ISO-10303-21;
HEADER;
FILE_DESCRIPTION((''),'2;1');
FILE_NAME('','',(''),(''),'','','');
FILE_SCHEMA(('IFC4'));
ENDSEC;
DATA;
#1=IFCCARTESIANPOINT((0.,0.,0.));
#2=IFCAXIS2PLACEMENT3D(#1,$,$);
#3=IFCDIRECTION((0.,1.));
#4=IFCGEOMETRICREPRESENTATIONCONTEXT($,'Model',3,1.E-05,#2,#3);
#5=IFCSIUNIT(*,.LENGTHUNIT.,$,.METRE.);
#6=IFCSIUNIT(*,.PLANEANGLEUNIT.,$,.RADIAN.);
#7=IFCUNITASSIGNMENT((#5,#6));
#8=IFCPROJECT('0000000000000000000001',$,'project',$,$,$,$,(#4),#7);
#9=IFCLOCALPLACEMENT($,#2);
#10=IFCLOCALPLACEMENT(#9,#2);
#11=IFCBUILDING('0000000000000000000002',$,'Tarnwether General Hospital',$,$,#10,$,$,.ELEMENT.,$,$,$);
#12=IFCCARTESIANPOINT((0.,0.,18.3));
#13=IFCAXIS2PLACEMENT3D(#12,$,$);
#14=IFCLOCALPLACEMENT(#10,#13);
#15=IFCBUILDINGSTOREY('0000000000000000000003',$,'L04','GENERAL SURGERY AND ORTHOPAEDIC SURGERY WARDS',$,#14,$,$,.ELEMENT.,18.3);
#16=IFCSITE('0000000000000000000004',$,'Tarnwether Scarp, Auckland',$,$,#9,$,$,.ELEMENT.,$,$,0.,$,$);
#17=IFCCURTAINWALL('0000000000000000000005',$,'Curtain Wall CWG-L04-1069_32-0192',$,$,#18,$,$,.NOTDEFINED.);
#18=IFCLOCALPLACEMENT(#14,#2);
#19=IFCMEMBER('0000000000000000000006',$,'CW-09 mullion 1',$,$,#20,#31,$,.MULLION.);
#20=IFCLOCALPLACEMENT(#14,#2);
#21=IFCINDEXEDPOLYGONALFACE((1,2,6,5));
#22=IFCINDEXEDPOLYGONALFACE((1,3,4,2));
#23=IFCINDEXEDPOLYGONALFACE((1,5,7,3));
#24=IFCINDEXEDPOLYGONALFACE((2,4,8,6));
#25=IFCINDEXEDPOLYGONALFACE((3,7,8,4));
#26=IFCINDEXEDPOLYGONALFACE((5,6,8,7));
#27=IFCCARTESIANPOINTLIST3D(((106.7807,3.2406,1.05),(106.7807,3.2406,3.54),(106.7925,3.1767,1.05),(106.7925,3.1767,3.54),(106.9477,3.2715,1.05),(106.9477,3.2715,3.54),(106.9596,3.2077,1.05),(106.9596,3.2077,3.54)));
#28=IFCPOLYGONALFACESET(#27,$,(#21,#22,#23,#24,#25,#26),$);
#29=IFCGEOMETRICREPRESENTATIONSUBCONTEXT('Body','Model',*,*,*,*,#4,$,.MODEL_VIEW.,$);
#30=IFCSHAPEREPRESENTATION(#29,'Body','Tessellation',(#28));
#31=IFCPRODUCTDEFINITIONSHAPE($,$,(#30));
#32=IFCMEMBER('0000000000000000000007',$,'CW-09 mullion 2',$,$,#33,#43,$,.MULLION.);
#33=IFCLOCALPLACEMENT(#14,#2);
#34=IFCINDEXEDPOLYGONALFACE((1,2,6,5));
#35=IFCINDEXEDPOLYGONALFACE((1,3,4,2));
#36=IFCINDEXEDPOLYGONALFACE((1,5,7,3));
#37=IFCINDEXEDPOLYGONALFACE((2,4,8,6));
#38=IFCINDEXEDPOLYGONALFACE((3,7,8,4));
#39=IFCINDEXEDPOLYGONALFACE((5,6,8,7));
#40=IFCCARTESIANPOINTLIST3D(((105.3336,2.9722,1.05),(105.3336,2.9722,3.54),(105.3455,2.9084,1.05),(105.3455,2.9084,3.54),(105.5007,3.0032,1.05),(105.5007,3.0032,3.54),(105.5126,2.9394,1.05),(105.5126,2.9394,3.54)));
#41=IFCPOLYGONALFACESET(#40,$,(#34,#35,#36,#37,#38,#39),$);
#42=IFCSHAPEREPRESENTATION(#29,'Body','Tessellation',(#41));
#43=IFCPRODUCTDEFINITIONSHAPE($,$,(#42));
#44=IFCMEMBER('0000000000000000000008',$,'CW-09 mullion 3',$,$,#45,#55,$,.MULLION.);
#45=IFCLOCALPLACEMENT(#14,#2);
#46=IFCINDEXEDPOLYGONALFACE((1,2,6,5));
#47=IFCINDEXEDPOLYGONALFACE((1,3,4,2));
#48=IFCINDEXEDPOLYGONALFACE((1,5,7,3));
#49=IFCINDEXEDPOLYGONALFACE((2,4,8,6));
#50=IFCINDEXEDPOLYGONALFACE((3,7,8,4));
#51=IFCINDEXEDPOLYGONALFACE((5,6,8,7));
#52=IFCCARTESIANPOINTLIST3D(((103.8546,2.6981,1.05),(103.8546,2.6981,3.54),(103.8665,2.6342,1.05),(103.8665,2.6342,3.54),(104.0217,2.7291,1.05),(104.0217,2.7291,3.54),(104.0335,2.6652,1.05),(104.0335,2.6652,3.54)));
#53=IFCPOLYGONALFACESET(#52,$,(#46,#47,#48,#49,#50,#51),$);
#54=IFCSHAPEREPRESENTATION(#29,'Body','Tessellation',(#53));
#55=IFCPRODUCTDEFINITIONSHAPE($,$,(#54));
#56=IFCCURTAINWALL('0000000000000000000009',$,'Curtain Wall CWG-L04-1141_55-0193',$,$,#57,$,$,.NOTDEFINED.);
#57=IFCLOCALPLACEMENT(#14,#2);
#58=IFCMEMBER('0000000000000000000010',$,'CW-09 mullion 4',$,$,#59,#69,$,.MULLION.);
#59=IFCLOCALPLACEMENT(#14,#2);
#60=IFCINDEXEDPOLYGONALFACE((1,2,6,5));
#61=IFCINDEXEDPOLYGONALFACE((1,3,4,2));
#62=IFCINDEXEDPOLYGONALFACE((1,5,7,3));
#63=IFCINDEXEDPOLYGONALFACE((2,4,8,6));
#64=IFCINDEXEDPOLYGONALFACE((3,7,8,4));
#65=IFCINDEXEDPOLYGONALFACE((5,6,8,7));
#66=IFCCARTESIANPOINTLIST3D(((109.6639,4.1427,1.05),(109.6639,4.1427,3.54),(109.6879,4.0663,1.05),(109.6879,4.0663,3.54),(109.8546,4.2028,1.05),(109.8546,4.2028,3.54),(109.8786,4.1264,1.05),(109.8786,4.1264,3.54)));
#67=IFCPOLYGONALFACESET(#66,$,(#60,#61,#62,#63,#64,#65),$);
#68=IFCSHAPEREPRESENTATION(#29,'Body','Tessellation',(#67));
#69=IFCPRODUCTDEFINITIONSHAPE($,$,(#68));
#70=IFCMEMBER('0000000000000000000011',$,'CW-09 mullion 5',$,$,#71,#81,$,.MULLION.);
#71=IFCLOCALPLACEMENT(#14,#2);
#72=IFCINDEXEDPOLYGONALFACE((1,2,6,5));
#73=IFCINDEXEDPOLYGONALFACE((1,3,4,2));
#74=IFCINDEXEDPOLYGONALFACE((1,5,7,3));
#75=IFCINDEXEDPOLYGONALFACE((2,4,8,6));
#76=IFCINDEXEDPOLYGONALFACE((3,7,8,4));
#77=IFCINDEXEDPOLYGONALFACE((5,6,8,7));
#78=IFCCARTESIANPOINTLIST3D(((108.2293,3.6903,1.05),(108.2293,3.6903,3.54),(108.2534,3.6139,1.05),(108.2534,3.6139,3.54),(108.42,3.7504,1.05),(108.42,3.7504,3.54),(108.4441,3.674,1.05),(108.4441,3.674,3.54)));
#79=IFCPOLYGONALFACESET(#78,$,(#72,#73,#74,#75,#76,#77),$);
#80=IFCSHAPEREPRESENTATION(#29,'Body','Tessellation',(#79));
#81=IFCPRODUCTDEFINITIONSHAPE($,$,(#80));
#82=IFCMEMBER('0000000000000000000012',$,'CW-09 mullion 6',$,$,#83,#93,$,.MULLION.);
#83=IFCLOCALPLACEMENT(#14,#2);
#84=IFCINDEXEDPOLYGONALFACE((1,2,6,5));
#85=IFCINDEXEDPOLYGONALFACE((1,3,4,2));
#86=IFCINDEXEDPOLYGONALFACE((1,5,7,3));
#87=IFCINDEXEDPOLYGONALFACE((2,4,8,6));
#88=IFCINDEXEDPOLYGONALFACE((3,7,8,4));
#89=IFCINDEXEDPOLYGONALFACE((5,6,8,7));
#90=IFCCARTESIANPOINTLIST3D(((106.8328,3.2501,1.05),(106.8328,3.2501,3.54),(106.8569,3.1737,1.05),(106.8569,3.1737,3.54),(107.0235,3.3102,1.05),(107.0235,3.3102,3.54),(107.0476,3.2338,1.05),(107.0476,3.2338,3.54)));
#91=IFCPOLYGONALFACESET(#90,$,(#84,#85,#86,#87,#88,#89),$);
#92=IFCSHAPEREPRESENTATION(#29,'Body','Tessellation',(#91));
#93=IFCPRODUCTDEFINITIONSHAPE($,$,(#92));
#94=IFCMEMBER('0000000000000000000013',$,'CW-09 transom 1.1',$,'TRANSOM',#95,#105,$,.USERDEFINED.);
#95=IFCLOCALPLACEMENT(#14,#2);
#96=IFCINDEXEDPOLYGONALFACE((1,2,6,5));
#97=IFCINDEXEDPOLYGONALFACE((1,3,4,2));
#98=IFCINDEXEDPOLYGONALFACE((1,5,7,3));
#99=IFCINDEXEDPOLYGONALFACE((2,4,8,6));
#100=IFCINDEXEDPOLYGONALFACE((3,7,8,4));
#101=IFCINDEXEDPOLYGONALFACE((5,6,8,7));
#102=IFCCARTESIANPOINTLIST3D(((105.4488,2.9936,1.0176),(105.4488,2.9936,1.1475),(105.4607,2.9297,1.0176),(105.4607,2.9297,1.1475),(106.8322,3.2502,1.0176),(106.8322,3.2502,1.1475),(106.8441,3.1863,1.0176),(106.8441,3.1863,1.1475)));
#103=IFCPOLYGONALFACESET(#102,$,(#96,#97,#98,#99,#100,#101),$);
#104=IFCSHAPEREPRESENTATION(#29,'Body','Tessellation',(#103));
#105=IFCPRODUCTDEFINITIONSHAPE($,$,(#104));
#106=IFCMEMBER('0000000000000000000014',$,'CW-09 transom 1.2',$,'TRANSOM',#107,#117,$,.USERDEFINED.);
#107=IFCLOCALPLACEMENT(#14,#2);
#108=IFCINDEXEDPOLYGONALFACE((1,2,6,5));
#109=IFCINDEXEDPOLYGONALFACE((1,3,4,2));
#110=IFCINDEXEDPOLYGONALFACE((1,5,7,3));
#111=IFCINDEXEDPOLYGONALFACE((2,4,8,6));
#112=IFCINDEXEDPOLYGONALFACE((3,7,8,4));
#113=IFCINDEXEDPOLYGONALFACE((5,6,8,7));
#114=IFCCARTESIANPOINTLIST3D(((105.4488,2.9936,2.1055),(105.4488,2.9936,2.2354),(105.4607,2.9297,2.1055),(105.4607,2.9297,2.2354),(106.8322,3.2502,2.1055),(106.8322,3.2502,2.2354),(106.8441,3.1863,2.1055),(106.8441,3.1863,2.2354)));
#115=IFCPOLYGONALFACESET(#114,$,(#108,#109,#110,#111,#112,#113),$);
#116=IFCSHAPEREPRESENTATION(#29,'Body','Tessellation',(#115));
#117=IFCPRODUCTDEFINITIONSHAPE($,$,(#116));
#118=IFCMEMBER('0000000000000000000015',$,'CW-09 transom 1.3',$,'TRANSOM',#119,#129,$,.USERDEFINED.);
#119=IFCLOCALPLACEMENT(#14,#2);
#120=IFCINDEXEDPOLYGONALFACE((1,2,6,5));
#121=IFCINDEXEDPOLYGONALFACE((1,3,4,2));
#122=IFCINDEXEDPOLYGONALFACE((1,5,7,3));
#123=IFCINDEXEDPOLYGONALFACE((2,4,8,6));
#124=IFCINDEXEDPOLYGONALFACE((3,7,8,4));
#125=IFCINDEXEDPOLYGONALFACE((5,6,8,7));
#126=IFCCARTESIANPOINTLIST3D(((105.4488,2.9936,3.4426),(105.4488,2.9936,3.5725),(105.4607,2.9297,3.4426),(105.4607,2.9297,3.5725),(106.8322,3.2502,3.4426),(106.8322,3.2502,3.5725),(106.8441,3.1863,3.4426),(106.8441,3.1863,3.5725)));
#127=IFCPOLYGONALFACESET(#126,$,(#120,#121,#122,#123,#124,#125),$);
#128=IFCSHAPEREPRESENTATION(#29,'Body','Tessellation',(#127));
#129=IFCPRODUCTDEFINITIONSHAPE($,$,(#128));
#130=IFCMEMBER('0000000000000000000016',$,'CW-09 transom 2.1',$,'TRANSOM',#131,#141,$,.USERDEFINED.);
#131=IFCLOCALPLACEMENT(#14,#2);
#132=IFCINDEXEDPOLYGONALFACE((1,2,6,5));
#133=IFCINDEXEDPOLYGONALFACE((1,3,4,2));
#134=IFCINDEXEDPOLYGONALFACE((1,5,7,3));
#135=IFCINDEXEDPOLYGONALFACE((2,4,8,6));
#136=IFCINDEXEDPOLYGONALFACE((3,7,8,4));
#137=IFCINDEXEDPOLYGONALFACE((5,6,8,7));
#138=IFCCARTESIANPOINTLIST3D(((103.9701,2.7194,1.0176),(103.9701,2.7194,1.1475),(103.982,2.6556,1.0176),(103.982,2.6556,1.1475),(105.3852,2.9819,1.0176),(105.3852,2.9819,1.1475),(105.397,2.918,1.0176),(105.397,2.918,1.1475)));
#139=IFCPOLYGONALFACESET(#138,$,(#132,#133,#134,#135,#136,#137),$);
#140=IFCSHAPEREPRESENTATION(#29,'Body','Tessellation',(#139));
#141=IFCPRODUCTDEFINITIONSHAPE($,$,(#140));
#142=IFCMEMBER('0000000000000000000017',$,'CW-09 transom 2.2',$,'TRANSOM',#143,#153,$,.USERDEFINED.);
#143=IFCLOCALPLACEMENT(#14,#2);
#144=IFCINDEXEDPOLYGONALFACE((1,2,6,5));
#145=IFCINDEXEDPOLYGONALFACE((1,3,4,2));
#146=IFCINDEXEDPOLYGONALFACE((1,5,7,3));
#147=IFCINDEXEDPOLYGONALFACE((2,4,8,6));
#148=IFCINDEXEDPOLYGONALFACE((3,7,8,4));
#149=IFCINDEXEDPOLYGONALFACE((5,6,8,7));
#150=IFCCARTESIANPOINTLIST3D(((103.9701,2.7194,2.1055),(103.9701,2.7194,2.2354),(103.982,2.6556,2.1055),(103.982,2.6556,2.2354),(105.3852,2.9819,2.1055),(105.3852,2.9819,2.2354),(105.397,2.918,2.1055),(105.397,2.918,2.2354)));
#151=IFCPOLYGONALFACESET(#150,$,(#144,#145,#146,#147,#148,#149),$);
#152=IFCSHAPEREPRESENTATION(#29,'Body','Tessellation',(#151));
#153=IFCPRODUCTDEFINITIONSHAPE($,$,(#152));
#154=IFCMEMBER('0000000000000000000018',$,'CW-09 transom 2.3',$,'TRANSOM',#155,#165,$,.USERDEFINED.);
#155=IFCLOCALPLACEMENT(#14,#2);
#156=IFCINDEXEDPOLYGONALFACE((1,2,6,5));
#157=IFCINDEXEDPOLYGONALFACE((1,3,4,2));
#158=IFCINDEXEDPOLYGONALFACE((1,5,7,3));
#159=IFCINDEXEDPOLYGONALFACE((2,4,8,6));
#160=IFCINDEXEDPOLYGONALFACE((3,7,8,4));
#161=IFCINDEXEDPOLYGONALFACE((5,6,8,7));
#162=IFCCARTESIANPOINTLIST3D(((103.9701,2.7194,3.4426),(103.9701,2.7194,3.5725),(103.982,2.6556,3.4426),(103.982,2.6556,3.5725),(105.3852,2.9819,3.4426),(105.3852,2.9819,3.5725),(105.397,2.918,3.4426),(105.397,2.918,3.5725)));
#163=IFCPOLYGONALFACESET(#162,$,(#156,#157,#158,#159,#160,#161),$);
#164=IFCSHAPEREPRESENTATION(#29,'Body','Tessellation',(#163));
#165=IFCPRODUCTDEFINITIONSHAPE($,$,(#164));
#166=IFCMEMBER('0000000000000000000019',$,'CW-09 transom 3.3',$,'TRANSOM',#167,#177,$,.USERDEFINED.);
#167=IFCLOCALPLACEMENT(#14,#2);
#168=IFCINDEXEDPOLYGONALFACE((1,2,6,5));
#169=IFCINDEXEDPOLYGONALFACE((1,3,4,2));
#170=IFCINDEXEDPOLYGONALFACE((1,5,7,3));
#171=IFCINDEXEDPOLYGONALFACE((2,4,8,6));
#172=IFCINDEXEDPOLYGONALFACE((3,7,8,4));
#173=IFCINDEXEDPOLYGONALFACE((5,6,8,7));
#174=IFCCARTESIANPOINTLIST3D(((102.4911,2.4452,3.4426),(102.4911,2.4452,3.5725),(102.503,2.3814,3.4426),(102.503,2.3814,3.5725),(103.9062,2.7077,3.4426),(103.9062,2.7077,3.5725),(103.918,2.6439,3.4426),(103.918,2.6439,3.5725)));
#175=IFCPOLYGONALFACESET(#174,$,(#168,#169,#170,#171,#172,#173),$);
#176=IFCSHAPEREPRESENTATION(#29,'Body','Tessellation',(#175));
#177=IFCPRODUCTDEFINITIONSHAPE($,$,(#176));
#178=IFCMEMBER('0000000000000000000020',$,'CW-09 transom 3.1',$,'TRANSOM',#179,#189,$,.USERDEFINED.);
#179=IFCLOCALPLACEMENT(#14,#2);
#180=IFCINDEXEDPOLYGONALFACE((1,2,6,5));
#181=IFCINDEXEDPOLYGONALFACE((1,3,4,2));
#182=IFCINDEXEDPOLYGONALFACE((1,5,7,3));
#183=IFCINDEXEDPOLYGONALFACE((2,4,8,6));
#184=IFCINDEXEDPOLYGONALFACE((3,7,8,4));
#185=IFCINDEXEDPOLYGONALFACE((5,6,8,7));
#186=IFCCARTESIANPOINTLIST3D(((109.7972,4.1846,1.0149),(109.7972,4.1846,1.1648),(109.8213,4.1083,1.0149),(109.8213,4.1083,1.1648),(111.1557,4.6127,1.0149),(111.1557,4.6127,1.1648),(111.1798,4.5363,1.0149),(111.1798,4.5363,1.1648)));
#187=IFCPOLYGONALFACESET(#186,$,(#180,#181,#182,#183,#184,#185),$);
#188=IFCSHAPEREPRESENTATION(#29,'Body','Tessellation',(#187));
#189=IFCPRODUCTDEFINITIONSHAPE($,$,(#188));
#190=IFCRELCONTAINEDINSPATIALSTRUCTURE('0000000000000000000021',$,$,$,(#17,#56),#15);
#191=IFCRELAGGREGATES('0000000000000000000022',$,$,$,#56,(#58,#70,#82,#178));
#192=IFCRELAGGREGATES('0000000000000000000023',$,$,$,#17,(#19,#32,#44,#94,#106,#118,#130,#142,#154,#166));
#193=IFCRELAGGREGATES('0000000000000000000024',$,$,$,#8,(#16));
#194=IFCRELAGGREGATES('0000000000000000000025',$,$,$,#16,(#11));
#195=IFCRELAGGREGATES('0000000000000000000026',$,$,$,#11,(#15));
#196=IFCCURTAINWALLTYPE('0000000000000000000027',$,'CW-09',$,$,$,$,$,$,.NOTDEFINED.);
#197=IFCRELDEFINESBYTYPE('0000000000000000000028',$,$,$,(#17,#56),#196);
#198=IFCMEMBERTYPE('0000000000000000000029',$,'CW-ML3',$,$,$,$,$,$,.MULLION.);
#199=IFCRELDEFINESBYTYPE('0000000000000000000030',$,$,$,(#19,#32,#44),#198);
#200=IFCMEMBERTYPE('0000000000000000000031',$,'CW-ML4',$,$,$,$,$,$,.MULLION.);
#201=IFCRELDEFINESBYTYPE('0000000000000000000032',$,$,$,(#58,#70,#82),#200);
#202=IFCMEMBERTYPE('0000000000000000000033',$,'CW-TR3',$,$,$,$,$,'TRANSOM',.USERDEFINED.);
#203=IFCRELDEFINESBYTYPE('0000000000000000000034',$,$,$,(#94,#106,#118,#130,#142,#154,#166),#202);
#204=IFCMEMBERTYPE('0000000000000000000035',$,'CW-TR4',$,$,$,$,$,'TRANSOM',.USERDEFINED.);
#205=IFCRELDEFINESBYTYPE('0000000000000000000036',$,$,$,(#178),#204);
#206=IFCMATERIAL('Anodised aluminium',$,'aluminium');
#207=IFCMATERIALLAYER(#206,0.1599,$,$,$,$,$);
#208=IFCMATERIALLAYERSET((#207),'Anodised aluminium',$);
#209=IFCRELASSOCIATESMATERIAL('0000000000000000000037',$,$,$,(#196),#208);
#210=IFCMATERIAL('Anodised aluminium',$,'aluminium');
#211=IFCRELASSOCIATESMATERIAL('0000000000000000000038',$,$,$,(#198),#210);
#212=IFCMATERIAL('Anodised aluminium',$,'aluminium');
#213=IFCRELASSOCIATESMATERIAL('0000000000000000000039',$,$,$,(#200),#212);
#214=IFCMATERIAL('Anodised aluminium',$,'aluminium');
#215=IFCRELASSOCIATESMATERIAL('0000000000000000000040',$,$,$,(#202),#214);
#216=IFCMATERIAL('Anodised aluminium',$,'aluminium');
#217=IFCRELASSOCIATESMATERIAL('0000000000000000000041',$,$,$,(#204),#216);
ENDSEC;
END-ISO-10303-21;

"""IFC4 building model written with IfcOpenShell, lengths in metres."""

from ifc_helpers import new_model, si_unit, direction, frame, origin, origin_2d, place, context, subcontext, project, spatial, rectangle, extrude, material, layer, layer_set, material_profile, profile_set, type_object, element, aggregate, save


model = new_model("IFC4")

# Units and contexts
model_context = context("Model", 3, precision=1e-05, world=origin(), true_north=direction((0.0, 1.0)))
body_context = subcontext(model_context, "Body", "Model", "MODEL_VIEW")
ifc_project = project(units=[si_unit("LENGTHUNIT", "METRE"), si_unit("PLANEANGLEUNIT", "RADIAN")], contexts=[model_context])

# Site, building, storey
site_placement = place(None, origin())
site = spatial("IfcSite", under=ifc_project, at=site_placement, Name="Tarnwether Scarp, Auckland", CompositionType="ELEMENT", RefElevation=0.0)
building_placement = place(site_placement, origin())
building = spatial("IfcBuilding", under=site, at=building_placement, Name="Tarnwether General Hospital", CompositionType="ELEMENT")
storey_placement = place(building_placement, frame((0.0, 0.0, 18.3)))
storey = spatial("IfcBuildingStorey", under=building, at=storey_placement, Name="L04", Description="GENERAL SURGERY AND ORTHOPAEDIC SURGERY WARDS", CompositionType="ELEMENT", Elevation=18.3)

# Curtain walls, members
ifc_material_1 = material(Name="Anodised aluminium", Category="aluminium")
ifc_layer_1 = layer(ifc_material_1, 0.1599)
ifc_layer_set_1 = layer_set([ifc_layer_1], Name="Anodised aluminium")
curtain_wall_type = type_object("IfcCurtainWallType", Name="CW-09", PredefinedType="NOTDEFINED", material=ifc_layer_set_1)
curtain_wall_1_placement = place(storey_placement, origin())
curtain_wall_1 = element("IfcCurtainWall", 1, at=curtain_wall_1_placement, inside=storey, type_object=curtain_wall_type, Name="Curtain Wall CWG-L04-1069_32-0192", PredefinedType="NOTDEFINED")
ifc_material_2 = material(Name="Anodised aluminium", Category="aluminium")
ifc_material_profile_1 = material_profile(ifc_material_2, rectangle(XDim=0.0649, YDim=0.1699, at=origin_2d()), Name="ALU-MUL-65x170")
ifc_profile_set_1 = profile_set([ifc_material_profile_1], Name="Anodised aluminium")
member_type_1 = type_object("IfcMemberType", Name="CW-ML3", PredefinedType="MULLION", material=ifc_profile_set_1)
member_1_placement = place(storey_placement, frame((106.8701, 3.2241, 1.05), z_axis=(0.0, 0.0, 1.0), x_axis=(0.182289, -0.983245, 0.0)))
member_1 = element("IfcMember", 2, at=member_1_placement, type_object=member_type_1, Name="CW-09 mullion 1", PredefinedType="MULLION", context=body_context, shape_type="SweptSolid", body=[
    extrude(rectangle(XDim=0.0649, YDim=0.1699, at=origin_2d()), origin(), (0.0, 0.0, 1.0), 2.49),
])
member_2_placement = place(storey_placement, frame((105.4231, 2.9558, 1.05), z_axis=(0.0, 0.0, 1.0), x_axis=(0.182289, -0.983245, 0.0)))
member_2 = element("IfcMember", 3, at=member_2_placement, type_object=member_type_1, Name="CW-09 mullion 2", PredefinedType="MULLION", context=body_context, shape_type="SweptSolid", body=[
    extrude(rectangle(XDim=0.0649, YDim=0.1699, at=origin_2d()), origin(), (0.0, 0.0, 1.0), 2.49),
])
member_3_placement = place(storey_placement, frame((103.9441, 2.6816, 1.05), z_axis=(0.0, 0.0, 1.0), x_axis=(0.182289, -0.983245, 0.0)))
member_3 = element("IfcMember", 4, at=member_3_placement, type_object=member_type_1, Name="CW-09 mullion 3", PredefinedType="MULLION", context=body_context, shape_type="SweptSolid", body=[
    extrude(rectangle(XDim=0.0649, YDim=0.1699, at=origin_2d()), origin(), (0.0, 0.0, 1.0), 2.49),
])
curtain_wall_2_placement = place(storey_placement, origin())
curtain_wall_2 = element("IfcCurtainWall", 5, at=curtain_wall_2_placement, inside=storey, type_object=curtain_wall_type, Name="Curtain Wall CWG-L04-1141_55-0193", PredefinedType="NOTDEFINED")
ifc_material_3 = material(Name="Anodised aluminium", Category="aluminium")
ifc_material_profile_2 = material_profile(ifc_material_3, rectangle(XDim=0.0801, YDim=0.2, at=origin_2d()), Name="ALU-MUL-80x200")
ifc_profile_set_2 = profile_set([ifc_material_profile_2], Name="Anodised aluminium")
member_type_2 = type_object("IfcMemberType", Name="CW-ML4", PredefinedType="MULLION", material=ifc_profile_set_2)
member_4_placement = place(storey_placement, frame((109.7712, 4.1345, 1.05), z_axis=(0.0, 0.0, 1.0), x_axis=(0.300629, -0.953741, 0.0)))
member_4 = element("IfcMember", 6, at=member_4_placement, type_object=member_type_2, Name="CW-09 mullion 4", PredefinedType="MULLION", context=body_context, shape_type="SweptSolid", body=[
    extrude(rectangle(XDim=0.0801, YDim=0.2, at=origin_2d()), origin(), (0.0, 0.0, 1.0), 2.49),
])
member_5_placement = place(storey_placement, frame((108.3367, 3.6821, 1.05), z_axis=(0.0, 0.0, 1.0), x_axis=(0.300629, -0.953741, 0.0)))
member_5 = element("IfcMember", 7, at=member_5_placement, type_object=member_type_2, Name="CW-09 mullion 5", PredefinedType="MULLION", context=body_context, shape_type="SweptSolid", body=[
    extrude(rectangle(XDim=0.0801, YDim=0.2, at=origin_2d()), origin(), (0.0, 0.0, 1.0), 2.49),
])
member_6_placement = place(storey_placement, frame((106.9402, 3.2419, 1.05), z_axis=(0.0, 0.0, 1.0), x_axis=(0.300629, -0.953741, 0.0)))
member_6 = element("IfcMember", 8, at=member_6_placement, type_object=member_type_2, Name="CW-09 mullion 6", PredefinedType="MULLION", context=body_context, shape_type="SweptSolid", body=[
    extrude(rectangle(XDim=0.0801, YDim=0.2, at=origin_2d()), origin(), (0.0, 0.0, 1.0), 2.49),
])

# Members
ifc_material_4 = material(Name="Anodised aluminium", Category="aluminium")
ifc_material_profile_3 = material_profile(ifc_material_4, rectangle(XDim=0.0649, YDim=0.1299, at=origin_2d()), Name="ALU-TRN-65x130")
ifc_profile_set_3 = profile_set([ifc_material_profile_3], Name="Anodised aluminium")
member_type_3 = type_object("IfcMemberType", Name="CW-TR3", ElementType="TRANSOM", PredefinedType="USERDEFINED", material=ifc_profile_set_3)
member_7_placement = place(storey_placement, frame((106.8381, 3.2183, 1.0825), z_axis=(-0.983228, -0.182381, 0.0), x_axis=(0.182381, -0.983228, 0.0)))
member_7 = element("IfcMember", 9, at=member_7_placement, type_object=member_type_3, Name="CW-09 transom 1.1", ObjectType="TRANSOM", PredefinedType="USERDEFINED", context=body_context, shape_type="SweptSolid", body=[
    extrude(rectangle(XDim=0.0649, YDim=0.1299, at=origin_2d()), origin(), (0.0, 0.0, 1.0), 1.407),
])
member_8_placement = place(storey_placement, frame((106.8381, 3.2183, 2.1704), z_axis=(-0.983228, -0.182381, 0.0), x_axis=(0.182381, -0.983228, 0.0)))
member_8 = element("IfcMember", 10, at=member_8_placement, type_object=member_type_3, Name="CW-09 transom 1.2", ObjectType="TRANSOM", PredefinedType="USERDEFINED", context=body_context, shape_type="SweptSolid", body=[
    extrude(rectangle(XDim=0.0649, YDim=0.1299, at=origin_2d()), origin(), (0.0, 0.0, 1.0), 1.407),
])
member_9_placement = place(storey_placement, frame((106.8381, 3.2183, 3.5076), z_axis=(-0.983228, -0.182381, 0.0), x_axis=(0.182381, -0.983228, 0.0)))
member_9 = element("IfcMember", 11, at=member_9_placement, type_object=member_type_3, Name="CW-09 transom 1.3", ObjectType="TRANSOM", PredefinedType="USERDEFINED", context=body_context, shape_type="SweptSolid", body=[
    extrude(rectangle(XDim=0.0649, YDim=0.1299, at=origin_2d()), origin(), (0.0, 0.0, 1.0), 1.407),
])
member_10_placement = place(storey_placement, frame((105.3911, 2.95, 1.0825), z_axis=(-0.983231, -0.182363, 0.0), x_axis=(0.182363, -0.983231, 0.0)))
member_10 = element("IfcMember", 12, at=member_10_placement, type_object=member_type_3, Name="CW-09 transom 2.1", ObjectType="TRANSOM", PredefinedType="USERDEFINED", context=body_context, shape_type="SweptSolid", body=[
    extrude(rectangle(XDim=0.0649, YDim=0.1299, at=origin_2d()), origin(), (0.0, 0.0, 1.0), 1.4392),
])
member_11_placement = place(storey_placement, frame((105.3911, 2.95, 2.1704), z_axis=(-0.983231, -0.182363, 0.0), x_axis=(0.182363, -0.983231, 0.0)))
member_11 = element("IfcMember", 13, at=member_11_placement, type_object=member_type_3, Name="CW-09 transom 2.2", ObjectType="TRANSOM", PredefinedType="USERDEFINED", context=body_context, shape_type="SweptSolid", body=[
    extrude(rectangle(XDim=0.0649, YDim=0.1299, at=origin_2d()), origin(), (0.0, 0.0, 1.0), 1.4392),
])
member_12_placement = place(storey_placement, frame((105.3911, 2.95, 3.5076), z_axis=(-0.983231, -0.182363, 0.0), x_axis=(0.182363, -0.983231, 0.0)))
member_12 = element("IfcMember", 14, at=member_12_placement, type_object=member_type_3, Name="CW-09 transom 2.3", ObjectType="TRANSOM", PredefinedType="USERDEFINED", context=body_context, shape_type="SweptSolid", body=[
    extrude(rectangle(XDim=0.0649, YDim=0.1299, at=origin_2d()), origin(), (0.0, 0.0, 1.0), 1.4392),
])
member_13_placement = place(storey_placement, frame((103.9121, 2.6758, 3.5076), z_axis=(-0.983231, -0.182363, 0.0), x_axis=(0.182363, -0.983231, 0.0)))
member_13 = element("IfcMember", 15, at=member_13_placement, type_object=member_type_3, Name="CW-09 transom 3.3", ObjectType="TRANSOM", PredefinedType="USERDEFINED", context=body_context, shape_type="SweptSolid", body=[
    extrude(rectangle(XDim=0.0649, YDim=0.1299, at=origin_2d()), origin(), (0.0, 0.0, 1.0), 1.4392),
])
ifc_material_5 = material(Name="Anodised aluminium", Category="aluminium")
ifc_material_profile_4 = material_profile(ifc_material_5, rectangle(XDim=0.0801, YDim=0.1499, at=origin_2d()), Name="ALU-TRN-80x150")
ifc_profile_set_4 = profile_set([ifc_material_profile_4], Name="Anodised aluminium")
member_type_4 = type_object("IfcMemberType", Name="CW-TR4", ElementType="TRANSOM", PredefinedType="USERDEFINED", material=ifc_profile_set_4)
member_14_placement = place(storey_placement, frame((111.1677, 4.5745, 1.0898), z_axis=(-0.953782, -0.3005, 0.0), x_axis=(0.3005, -0.953782, 0.0)))
member_14 = element("IfcMember", 16, at=member_14_placement, type_object=member_type_4, Name="CW-09 transom 3.1", ObjectType="TRANSOM", PredefinedType="USERDEFINED", context=body_context, shape_type="SweptSolid", body=[
    extrude(rectangle(XDim=0.0801, YDim=0.1499, at=origin_2d()), origin(), (0.0, 0.0, 1.0), 1.4243),
])

aggregate(curtain_wall_2, [member_4, member_5, member_6, member_14])
aggregate(curtain_wall_1, [member_1, member_2, member_3, member_7, member_8, member_9, member_10, member_11, member_12, member_13])

save(model, "model.ifc")
